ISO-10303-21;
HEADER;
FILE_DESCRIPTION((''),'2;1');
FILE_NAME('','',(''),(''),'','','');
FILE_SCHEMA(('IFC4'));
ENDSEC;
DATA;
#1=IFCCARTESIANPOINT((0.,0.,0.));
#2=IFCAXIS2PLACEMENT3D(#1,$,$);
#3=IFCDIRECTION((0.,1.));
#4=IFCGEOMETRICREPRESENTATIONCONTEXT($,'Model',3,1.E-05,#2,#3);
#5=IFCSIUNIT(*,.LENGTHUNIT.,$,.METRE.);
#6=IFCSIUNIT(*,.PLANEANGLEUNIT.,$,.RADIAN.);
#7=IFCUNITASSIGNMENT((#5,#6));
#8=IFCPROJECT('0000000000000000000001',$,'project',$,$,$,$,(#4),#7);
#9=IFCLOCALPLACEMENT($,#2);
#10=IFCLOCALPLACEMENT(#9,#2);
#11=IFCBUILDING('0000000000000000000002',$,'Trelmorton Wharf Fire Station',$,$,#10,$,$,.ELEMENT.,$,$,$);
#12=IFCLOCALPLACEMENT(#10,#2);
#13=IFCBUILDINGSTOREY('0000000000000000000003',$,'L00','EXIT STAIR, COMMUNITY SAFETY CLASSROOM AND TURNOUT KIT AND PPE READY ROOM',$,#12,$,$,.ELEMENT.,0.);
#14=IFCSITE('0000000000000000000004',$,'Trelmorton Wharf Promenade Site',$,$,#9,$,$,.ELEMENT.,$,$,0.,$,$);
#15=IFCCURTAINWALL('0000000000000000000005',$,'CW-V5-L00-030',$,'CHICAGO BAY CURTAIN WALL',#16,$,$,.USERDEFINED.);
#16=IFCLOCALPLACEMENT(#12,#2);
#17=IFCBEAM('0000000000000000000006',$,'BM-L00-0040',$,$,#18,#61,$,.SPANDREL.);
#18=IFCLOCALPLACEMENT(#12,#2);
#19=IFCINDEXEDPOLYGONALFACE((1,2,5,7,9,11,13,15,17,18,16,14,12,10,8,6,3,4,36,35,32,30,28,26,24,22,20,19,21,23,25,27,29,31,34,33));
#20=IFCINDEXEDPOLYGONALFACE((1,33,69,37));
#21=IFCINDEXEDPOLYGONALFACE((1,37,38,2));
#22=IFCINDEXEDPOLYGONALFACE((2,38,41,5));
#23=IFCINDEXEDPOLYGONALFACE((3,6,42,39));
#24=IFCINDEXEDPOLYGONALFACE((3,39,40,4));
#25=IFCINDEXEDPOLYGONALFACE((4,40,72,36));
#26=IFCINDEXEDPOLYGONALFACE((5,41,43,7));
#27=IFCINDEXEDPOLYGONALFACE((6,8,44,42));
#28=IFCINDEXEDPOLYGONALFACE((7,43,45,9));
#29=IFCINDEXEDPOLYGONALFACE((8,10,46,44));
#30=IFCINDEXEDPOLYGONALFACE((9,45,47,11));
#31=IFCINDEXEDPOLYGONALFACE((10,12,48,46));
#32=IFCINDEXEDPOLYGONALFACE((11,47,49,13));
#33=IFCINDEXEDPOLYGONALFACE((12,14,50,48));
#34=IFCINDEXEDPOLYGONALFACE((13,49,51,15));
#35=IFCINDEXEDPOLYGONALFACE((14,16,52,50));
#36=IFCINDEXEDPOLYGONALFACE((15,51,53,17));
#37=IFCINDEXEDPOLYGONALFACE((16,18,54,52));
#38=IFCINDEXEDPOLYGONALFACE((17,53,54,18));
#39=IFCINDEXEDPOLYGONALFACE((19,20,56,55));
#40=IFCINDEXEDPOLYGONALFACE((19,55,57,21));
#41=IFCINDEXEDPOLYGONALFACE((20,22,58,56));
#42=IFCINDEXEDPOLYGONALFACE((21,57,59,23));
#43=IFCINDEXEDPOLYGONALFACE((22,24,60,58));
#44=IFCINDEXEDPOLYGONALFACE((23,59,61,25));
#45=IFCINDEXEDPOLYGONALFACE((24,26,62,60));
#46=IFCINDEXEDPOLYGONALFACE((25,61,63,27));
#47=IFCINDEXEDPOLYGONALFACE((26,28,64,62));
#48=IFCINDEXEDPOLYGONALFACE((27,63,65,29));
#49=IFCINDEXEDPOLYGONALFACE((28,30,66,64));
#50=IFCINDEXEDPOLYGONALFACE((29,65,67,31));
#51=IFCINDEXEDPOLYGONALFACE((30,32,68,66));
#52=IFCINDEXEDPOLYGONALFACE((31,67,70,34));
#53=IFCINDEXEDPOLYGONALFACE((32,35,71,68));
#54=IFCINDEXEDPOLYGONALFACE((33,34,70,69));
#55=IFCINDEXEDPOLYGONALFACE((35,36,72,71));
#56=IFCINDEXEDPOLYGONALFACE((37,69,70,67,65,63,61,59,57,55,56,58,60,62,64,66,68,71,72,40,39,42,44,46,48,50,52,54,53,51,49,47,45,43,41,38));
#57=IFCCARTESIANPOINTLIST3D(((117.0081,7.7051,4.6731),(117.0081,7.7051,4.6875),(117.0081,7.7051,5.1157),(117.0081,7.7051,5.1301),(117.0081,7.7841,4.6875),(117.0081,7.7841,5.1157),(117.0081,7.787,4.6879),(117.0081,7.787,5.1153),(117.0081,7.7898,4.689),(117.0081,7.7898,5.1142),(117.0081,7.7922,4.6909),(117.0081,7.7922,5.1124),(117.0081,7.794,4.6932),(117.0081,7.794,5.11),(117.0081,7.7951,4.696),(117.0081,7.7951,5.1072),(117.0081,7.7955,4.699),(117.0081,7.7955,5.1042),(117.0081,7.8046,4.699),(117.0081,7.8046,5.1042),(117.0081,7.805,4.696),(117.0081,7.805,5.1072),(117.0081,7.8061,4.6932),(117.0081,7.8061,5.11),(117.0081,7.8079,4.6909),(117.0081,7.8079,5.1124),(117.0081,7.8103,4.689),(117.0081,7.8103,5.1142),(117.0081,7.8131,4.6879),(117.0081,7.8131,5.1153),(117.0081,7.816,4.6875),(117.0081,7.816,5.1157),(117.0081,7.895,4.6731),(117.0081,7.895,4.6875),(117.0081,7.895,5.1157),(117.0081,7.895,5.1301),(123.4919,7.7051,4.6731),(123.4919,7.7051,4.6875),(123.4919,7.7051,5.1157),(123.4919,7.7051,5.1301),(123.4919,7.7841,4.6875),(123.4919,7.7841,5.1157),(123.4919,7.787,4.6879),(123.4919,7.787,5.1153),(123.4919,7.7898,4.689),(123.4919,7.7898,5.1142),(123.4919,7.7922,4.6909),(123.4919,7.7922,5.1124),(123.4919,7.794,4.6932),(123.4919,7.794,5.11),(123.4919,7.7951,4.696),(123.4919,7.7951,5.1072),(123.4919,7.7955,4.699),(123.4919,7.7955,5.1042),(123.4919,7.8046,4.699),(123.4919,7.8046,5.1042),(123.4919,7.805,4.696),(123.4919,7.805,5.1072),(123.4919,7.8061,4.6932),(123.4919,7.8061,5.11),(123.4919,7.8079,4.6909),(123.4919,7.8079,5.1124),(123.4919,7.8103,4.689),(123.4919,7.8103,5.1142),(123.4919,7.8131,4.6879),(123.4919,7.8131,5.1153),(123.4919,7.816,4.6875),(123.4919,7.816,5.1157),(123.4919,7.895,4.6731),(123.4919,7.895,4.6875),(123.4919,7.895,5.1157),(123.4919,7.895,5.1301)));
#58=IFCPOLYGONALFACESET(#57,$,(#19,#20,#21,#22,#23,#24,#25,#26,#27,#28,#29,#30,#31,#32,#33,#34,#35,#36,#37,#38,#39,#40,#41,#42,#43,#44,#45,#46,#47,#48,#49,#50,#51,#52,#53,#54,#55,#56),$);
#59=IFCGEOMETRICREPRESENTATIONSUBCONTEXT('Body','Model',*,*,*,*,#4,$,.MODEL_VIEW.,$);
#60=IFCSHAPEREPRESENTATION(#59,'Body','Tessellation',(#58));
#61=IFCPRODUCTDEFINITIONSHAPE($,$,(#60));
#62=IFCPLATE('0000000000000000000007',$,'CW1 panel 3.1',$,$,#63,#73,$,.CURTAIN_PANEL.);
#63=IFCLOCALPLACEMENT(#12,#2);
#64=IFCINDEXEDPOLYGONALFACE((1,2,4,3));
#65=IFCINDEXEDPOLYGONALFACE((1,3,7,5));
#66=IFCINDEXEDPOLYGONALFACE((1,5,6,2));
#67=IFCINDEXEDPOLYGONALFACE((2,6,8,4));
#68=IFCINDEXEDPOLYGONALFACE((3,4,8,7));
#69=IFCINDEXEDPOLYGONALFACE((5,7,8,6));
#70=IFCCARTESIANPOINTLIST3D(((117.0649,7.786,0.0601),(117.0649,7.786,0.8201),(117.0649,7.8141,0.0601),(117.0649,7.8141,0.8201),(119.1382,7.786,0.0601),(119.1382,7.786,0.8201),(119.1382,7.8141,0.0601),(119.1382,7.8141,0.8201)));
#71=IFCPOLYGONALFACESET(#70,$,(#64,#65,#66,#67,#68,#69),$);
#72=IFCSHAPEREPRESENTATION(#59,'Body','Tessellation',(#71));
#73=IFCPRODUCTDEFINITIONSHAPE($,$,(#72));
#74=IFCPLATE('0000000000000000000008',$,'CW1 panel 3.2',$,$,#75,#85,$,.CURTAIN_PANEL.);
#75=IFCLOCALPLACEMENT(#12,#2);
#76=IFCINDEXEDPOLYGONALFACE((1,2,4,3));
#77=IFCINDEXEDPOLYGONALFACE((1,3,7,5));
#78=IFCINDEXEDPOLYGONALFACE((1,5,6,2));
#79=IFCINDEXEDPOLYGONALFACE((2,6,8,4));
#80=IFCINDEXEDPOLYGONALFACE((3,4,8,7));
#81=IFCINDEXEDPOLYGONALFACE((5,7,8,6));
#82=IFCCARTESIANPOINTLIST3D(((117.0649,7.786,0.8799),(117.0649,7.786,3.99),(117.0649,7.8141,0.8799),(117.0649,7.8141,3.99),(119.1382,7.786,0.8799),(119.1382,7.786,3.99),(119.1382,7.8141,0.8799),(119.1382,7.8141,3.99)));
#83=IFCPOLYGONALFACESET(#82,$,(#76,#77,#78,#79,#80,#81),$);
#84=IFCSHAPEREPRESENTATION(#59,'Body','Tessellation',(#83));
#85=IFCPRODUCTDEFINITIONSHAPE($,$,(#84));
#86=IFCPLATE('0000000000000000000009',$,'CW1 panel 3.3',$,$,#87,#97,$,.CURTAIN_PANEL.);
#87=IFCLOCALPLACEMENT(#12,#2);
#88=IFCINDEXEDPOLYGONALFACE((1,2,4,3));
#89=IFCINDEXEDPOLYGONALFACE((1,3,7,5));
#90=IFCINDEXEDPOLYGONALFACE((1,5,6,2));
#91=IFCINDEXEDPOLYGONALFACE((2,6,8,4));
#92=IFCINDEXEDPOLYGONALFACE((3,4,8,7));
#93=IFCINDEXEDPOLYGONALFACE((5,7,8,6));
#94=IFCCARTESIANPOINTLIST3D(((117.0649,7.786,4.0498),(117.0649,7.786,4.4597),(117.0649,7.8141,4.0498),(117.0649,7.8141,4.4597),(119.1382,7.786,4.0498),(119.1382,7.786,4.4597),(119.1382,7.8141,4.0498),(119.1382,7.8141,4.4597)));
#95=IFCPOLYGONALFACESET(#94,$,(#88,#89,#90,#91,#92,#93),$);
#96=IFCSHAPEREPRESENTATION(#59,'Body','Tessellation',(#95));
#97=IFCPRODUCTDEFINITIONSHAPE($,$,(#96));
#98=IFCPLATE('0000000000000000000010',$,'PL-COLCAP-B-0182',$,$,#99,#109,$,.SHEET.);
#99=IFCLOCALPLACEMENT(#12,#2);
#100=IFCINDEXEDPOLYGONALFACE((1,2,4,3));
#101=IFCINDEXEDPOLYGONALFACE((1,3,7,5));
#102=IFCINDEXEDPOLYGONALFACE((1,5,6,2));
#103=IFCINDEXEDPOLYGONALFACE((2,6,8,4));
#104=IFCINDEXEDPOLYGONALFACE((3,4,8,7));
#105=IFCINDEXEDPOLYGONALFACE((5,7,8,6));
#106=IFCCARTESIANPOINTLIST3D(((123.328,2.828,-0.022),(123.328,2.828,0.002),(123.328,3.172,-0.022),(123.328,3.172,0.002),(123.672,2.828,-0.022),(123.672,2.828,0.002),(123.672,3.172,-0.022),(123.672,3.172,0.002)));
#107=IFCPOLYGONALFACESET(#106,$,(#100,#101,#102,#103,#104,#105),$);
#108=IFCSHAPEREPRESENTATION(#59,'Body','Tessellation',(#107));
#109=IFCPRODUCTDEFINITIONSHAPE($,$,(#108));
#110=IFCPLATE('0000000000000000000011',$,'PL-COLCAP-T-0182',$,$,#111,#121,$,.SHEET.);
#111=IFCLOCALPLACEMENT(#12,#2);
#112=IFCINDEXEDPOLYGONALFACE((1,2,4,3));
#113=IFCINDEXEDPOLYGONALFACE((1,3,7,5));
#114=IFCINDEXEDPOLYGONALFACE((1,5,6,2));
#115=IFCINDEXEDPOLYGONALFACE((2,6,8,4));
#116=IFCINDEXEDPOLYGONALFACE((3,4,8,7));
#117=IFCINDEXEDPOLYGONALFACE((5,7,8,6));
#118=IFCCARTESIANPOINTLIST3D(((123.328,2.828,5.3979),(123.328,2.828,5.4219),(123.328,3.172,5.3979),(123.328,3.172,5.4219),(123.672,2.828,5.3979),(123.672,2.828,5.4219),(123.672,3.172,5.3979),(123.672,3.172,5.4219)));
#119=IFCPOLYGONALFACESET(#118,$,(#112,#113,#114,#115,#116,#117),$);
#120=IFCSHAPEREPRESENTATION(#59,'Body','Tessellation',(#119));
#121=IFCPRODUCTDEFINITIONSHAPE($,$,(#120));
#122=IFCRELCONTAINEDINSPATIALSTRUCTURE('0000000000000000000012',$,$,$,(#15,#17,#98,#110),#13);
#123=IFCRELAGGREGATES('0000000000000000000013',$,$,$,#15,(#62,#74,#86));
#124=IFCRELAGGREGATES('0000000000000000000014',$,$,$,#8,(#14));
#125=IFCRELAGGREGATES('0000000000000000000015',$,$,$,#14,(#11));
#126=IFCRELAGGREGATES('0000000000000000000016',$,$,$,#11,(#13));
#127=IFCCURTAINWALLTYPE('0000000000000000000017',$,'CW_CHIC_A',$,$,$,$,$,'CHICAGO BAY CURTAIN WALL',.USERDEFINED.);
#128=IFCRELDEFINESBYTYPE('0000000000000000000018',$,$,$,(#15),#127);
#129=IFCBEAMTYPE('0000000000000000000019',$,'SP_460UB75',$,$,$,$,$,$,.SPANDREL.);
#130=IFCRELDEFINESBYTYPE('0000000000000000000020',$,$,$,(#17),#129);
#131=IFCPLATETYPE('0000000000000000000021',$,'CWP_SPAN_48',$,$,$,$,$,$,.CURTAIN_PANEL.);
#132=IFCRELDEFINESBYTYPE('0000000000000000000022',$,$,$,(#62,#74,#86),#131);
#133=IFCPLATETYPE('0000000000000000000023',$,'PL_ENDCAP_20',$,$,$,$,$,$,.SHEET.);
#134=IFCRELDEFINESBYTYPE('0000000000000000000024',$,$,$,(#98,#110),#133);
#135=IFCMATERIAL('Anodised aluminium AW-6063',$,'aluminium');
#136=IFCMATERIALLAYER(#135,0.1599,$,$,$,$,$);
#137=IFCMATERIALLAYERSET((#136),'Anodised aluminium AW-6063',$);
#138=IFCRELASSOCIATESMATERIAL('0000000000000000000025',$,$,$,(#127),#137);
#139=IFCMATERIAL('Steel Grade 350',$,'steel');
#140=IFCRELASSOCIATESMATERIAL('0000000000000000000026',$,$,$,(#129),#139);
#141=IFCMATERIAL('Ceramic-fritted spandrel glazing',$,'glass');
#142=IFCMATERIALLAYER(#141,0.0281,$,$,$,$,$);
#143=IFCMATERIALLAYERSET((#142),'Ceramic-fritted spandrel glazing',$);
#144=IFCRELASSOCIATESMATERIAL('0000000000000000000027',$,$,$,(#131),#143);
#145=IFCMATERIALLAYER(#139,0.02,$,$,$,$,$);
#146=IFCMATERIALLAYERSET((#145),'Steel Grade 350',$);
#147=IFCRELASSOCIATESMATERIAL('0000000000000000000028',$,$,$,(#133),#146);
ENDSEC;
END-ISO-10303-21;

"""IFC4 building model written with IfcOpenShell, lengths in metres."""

from ifc_helpers import new_model, si_unit, direction, frame, origin, origin_2d, place, context, subcontext, project, spatial, rectangle, i_section, extrude, material, layer, layer_set, material_profile, profile_set, type_object, element, aggregate, save


model = new_model("IFC4")

# Units and contexts
model_context = context("Model", 3, precision=1e-05, world=origin(), true_north=direction((0.0, 1.0)))
body_context = subcontext(model_context, "Body", "Model", "MODEL_VIEW")
ifc_project = project(units=[si_unit("LENGTHUNIT", "METRE"), si_unit("PLANEANGLEUNIT", "RADIAN")], contexts=[model_context])

# Site, building, storey
site_placement = place(None, origin())
site = spatial("IfcSite", under=ifc_project, at=site_placement, Name="Trelmorton Wharf Promenade Site", CompositionType="ELEMENT", RefElevation=0.0)
building_placement = place(site_placement, origin())
building = spatial("IfcBuilding", under=site, at=building_placement, Name="Trelmorton Wharf Fire Station", CompositionType="ELEMENT")
storey_placement = place(building_placement, origin())
storey = spatial("IfcBuildingStorey", under=building, at=storey_placement, Name="L00", Description="EXIT STAIR, COMMUNITY SAFETY CLASSROOM AND TURNOUT KIT AND PPE READY ROOM", CompositionType="ELEMENT", Elevation=0.0)

# Shared definitions
ifc_material_1 = material(Name="Steel Grade 350", Category="steel")

# Curtain wall
ifc_material_2 = material(Name="Anodised aluminium AW-6063", Category="aluminium")
ifc_layer_1 = layer(ifc_material_2, 0.1599)
ifc_layer_set_1 = layer_set([ifc_layer_1], Name="Anodised aluminium AW-6063")
curtain_wall_type = type_object("IfcCurtainWallType", Name="CW_CHIC_A", ElementType="CHICAGO BAY CURTAIN WALL", PredefinedType="USERDEFINED", material=ifc_layer_set_1)
curtain_wall_placement = place(storey_placement, origin())
curtain_wall = element("IfcCurtainWall", 1, at=curtain_wall_placement, inside=storey, type_object=curtain_wall_type, Name="CW-V5-L00-030", ObjectType="CHICAGO BAY CURTAIN WALL", PredefinedType="USERDEFINED")

# Beam
ifc_material_profile_1 = material_profile(ifc_material_1, i_section(OverallWidth=0.1899, OverallDepth=0.457, WebThickness=0.009, FlangeThickness=0.0144, FilletRadius=0.0115, at=origin_2d()), Name="460UB74.6")
ifc_profile_set_1 = profile_set([ifc_material_profile_1], Name="Steel Grade 350")
beam_type_1 = type_object("IfcBeamType", Name="SP_460UB75", PredefinedType="SPANDREL", material=ifc_profile_set_1)
beam_1_placement = place(storey_placement, frame((117.0081, 7.8, 4.9016), z_axis=(1.0, 0.0, 0.0), x_axis=(0.0, 1.0, 0.0)))
element("IfcBeam", 2, at=beam_1_placement, inside=storey, type_object=beam_type_1, Name="BM-L00-0040", PredefinedType="SPANDREL", context=body_context, shape_type="SweptSolid", body=[
    extrude(i_section(OverallWidth=0.1899, OverallDepth=0.457, WebThickness=0.009, FlangeThickness=0.0144, FilletRadius=0.0115, at=origin_2d()), origin(), (0.0, 0.0, 1.0), 6.4839),
])

# Plates
ifc_material_3 = material(Name="Ceramic-fritted spandrel glazing", Category="glass")
ifc_layer_2 = layer(ifc_material_3, 0.0281)
ifc_layer_set_2 = layer_set([ifc_layer_2], Name="Ceramic-fritted spandrel glazing")
plate_type_1 = type_object("IfcPlateType", Name="CWP_SPAN_48", PredefinedType="CURTAIN_PANEL", material=ifc_layer_set_2)
plate_1_placement = place(storey_placement, frame((118.1016, 7.8, 0.0601), z_axis=(0.0, 0.0, 1.0), x_axis=(-1.0, 0.0, 0.0)))
plate_1 = element("IfcPlate", 3, at=plate_1_placement, type_object=plate_type_1, Name="CW1 panel 3.1", PredefinedType="CURTAIN_PANEL", context=body_context, shape_type="SweptSolid", body=[
    extrude(rectangle(XDim=2.0732, YDim=0.0281, at=origin_2d()), origin(), (0.0, 0.0, 1.0), 0.76),
])
plate_2_placement = place(storey_placement, frame((118.1016, 7.8, 0.8799), z_axis=(0.0, 0.0, 1.0), x_axis=(-1.0, 0.0, 0.0)))
plate_2 = element("IfcPlate", 4, at=plate_2_placement, type_object=plate_type_1, Name="CW1 panel 3.2", PredefinedType="CURTAIN_PANEL", context=body_context, shape_type="SweptSolid", body=[
    extrude(rectangle(XDim=2.0732, YDim=0.0281, at=origin_2d()), origin(), (0.0, 0.0, 1.0), 3.1101),
])
plate_3_placement = place(storey_placement, frame((118.1016, 7.8, 4.0498), z_axis=(0.0, 0.0, 1.0), x_axis=(-1.0, 0.0, 0.0)))
plate_3 = element("IfcPlate", 5, at=plate_3_placement, type_object=plate_type_1, Name="CW1 panel 3.3", PredefinedType="CURTAIN_PANEL", context=body_context, shape_type="SweptSolid", body=[
    extrude(rectangle(XDim=2.0732, YDim=0.0281, at=origin_2d()), origin(), (0.0, 0.0, 1.0), 0.4099),
])
aggregate(curtain_wall, [plate_1, plate_2, plate_3])

# Plates
ifc_layer_3 = layer(ifc_material_1, 0.02)
ifc_layer_set_3 = layer_set([ifc_layer_3], Name="Steel Grade 350")
plate_type_2 = type_object("IfcPlateType", Name="PL_ENDCAP_20", PredefinedType="SHEET", material=ifc_layer_set_3)
for number, where, z_axis, x_axis, name in (
    (6, (123.5, 3.0, -0.022), (0.0, 0.0, 1.0), (1.0, 0.0, 0.0), "PL-COLCAP-B-0182"),
    (7, (123.5, 3.0, 5.3979), (0.0, 0.0, 1.0), (1.0, 0.0, 0.0), "PL-COLCAP-T-0182"),
):
    element("IfcPlate", number, at=place(storey_placement, frame(where, z_axis=z_axis, x_axis=x_axis)), inside=storey, type_object=plate_type_2, Name=name, PredefinedType="SHEET", context=body_context, shape_type="SweptSolid", body=[
        extrude(rectangle(XDim=0.344, YDim=0.344, at=origin_2d()), origin(), (0.0, 0.0, 1.0), 0.0239),
    ])

save(model, "model.ifc")
